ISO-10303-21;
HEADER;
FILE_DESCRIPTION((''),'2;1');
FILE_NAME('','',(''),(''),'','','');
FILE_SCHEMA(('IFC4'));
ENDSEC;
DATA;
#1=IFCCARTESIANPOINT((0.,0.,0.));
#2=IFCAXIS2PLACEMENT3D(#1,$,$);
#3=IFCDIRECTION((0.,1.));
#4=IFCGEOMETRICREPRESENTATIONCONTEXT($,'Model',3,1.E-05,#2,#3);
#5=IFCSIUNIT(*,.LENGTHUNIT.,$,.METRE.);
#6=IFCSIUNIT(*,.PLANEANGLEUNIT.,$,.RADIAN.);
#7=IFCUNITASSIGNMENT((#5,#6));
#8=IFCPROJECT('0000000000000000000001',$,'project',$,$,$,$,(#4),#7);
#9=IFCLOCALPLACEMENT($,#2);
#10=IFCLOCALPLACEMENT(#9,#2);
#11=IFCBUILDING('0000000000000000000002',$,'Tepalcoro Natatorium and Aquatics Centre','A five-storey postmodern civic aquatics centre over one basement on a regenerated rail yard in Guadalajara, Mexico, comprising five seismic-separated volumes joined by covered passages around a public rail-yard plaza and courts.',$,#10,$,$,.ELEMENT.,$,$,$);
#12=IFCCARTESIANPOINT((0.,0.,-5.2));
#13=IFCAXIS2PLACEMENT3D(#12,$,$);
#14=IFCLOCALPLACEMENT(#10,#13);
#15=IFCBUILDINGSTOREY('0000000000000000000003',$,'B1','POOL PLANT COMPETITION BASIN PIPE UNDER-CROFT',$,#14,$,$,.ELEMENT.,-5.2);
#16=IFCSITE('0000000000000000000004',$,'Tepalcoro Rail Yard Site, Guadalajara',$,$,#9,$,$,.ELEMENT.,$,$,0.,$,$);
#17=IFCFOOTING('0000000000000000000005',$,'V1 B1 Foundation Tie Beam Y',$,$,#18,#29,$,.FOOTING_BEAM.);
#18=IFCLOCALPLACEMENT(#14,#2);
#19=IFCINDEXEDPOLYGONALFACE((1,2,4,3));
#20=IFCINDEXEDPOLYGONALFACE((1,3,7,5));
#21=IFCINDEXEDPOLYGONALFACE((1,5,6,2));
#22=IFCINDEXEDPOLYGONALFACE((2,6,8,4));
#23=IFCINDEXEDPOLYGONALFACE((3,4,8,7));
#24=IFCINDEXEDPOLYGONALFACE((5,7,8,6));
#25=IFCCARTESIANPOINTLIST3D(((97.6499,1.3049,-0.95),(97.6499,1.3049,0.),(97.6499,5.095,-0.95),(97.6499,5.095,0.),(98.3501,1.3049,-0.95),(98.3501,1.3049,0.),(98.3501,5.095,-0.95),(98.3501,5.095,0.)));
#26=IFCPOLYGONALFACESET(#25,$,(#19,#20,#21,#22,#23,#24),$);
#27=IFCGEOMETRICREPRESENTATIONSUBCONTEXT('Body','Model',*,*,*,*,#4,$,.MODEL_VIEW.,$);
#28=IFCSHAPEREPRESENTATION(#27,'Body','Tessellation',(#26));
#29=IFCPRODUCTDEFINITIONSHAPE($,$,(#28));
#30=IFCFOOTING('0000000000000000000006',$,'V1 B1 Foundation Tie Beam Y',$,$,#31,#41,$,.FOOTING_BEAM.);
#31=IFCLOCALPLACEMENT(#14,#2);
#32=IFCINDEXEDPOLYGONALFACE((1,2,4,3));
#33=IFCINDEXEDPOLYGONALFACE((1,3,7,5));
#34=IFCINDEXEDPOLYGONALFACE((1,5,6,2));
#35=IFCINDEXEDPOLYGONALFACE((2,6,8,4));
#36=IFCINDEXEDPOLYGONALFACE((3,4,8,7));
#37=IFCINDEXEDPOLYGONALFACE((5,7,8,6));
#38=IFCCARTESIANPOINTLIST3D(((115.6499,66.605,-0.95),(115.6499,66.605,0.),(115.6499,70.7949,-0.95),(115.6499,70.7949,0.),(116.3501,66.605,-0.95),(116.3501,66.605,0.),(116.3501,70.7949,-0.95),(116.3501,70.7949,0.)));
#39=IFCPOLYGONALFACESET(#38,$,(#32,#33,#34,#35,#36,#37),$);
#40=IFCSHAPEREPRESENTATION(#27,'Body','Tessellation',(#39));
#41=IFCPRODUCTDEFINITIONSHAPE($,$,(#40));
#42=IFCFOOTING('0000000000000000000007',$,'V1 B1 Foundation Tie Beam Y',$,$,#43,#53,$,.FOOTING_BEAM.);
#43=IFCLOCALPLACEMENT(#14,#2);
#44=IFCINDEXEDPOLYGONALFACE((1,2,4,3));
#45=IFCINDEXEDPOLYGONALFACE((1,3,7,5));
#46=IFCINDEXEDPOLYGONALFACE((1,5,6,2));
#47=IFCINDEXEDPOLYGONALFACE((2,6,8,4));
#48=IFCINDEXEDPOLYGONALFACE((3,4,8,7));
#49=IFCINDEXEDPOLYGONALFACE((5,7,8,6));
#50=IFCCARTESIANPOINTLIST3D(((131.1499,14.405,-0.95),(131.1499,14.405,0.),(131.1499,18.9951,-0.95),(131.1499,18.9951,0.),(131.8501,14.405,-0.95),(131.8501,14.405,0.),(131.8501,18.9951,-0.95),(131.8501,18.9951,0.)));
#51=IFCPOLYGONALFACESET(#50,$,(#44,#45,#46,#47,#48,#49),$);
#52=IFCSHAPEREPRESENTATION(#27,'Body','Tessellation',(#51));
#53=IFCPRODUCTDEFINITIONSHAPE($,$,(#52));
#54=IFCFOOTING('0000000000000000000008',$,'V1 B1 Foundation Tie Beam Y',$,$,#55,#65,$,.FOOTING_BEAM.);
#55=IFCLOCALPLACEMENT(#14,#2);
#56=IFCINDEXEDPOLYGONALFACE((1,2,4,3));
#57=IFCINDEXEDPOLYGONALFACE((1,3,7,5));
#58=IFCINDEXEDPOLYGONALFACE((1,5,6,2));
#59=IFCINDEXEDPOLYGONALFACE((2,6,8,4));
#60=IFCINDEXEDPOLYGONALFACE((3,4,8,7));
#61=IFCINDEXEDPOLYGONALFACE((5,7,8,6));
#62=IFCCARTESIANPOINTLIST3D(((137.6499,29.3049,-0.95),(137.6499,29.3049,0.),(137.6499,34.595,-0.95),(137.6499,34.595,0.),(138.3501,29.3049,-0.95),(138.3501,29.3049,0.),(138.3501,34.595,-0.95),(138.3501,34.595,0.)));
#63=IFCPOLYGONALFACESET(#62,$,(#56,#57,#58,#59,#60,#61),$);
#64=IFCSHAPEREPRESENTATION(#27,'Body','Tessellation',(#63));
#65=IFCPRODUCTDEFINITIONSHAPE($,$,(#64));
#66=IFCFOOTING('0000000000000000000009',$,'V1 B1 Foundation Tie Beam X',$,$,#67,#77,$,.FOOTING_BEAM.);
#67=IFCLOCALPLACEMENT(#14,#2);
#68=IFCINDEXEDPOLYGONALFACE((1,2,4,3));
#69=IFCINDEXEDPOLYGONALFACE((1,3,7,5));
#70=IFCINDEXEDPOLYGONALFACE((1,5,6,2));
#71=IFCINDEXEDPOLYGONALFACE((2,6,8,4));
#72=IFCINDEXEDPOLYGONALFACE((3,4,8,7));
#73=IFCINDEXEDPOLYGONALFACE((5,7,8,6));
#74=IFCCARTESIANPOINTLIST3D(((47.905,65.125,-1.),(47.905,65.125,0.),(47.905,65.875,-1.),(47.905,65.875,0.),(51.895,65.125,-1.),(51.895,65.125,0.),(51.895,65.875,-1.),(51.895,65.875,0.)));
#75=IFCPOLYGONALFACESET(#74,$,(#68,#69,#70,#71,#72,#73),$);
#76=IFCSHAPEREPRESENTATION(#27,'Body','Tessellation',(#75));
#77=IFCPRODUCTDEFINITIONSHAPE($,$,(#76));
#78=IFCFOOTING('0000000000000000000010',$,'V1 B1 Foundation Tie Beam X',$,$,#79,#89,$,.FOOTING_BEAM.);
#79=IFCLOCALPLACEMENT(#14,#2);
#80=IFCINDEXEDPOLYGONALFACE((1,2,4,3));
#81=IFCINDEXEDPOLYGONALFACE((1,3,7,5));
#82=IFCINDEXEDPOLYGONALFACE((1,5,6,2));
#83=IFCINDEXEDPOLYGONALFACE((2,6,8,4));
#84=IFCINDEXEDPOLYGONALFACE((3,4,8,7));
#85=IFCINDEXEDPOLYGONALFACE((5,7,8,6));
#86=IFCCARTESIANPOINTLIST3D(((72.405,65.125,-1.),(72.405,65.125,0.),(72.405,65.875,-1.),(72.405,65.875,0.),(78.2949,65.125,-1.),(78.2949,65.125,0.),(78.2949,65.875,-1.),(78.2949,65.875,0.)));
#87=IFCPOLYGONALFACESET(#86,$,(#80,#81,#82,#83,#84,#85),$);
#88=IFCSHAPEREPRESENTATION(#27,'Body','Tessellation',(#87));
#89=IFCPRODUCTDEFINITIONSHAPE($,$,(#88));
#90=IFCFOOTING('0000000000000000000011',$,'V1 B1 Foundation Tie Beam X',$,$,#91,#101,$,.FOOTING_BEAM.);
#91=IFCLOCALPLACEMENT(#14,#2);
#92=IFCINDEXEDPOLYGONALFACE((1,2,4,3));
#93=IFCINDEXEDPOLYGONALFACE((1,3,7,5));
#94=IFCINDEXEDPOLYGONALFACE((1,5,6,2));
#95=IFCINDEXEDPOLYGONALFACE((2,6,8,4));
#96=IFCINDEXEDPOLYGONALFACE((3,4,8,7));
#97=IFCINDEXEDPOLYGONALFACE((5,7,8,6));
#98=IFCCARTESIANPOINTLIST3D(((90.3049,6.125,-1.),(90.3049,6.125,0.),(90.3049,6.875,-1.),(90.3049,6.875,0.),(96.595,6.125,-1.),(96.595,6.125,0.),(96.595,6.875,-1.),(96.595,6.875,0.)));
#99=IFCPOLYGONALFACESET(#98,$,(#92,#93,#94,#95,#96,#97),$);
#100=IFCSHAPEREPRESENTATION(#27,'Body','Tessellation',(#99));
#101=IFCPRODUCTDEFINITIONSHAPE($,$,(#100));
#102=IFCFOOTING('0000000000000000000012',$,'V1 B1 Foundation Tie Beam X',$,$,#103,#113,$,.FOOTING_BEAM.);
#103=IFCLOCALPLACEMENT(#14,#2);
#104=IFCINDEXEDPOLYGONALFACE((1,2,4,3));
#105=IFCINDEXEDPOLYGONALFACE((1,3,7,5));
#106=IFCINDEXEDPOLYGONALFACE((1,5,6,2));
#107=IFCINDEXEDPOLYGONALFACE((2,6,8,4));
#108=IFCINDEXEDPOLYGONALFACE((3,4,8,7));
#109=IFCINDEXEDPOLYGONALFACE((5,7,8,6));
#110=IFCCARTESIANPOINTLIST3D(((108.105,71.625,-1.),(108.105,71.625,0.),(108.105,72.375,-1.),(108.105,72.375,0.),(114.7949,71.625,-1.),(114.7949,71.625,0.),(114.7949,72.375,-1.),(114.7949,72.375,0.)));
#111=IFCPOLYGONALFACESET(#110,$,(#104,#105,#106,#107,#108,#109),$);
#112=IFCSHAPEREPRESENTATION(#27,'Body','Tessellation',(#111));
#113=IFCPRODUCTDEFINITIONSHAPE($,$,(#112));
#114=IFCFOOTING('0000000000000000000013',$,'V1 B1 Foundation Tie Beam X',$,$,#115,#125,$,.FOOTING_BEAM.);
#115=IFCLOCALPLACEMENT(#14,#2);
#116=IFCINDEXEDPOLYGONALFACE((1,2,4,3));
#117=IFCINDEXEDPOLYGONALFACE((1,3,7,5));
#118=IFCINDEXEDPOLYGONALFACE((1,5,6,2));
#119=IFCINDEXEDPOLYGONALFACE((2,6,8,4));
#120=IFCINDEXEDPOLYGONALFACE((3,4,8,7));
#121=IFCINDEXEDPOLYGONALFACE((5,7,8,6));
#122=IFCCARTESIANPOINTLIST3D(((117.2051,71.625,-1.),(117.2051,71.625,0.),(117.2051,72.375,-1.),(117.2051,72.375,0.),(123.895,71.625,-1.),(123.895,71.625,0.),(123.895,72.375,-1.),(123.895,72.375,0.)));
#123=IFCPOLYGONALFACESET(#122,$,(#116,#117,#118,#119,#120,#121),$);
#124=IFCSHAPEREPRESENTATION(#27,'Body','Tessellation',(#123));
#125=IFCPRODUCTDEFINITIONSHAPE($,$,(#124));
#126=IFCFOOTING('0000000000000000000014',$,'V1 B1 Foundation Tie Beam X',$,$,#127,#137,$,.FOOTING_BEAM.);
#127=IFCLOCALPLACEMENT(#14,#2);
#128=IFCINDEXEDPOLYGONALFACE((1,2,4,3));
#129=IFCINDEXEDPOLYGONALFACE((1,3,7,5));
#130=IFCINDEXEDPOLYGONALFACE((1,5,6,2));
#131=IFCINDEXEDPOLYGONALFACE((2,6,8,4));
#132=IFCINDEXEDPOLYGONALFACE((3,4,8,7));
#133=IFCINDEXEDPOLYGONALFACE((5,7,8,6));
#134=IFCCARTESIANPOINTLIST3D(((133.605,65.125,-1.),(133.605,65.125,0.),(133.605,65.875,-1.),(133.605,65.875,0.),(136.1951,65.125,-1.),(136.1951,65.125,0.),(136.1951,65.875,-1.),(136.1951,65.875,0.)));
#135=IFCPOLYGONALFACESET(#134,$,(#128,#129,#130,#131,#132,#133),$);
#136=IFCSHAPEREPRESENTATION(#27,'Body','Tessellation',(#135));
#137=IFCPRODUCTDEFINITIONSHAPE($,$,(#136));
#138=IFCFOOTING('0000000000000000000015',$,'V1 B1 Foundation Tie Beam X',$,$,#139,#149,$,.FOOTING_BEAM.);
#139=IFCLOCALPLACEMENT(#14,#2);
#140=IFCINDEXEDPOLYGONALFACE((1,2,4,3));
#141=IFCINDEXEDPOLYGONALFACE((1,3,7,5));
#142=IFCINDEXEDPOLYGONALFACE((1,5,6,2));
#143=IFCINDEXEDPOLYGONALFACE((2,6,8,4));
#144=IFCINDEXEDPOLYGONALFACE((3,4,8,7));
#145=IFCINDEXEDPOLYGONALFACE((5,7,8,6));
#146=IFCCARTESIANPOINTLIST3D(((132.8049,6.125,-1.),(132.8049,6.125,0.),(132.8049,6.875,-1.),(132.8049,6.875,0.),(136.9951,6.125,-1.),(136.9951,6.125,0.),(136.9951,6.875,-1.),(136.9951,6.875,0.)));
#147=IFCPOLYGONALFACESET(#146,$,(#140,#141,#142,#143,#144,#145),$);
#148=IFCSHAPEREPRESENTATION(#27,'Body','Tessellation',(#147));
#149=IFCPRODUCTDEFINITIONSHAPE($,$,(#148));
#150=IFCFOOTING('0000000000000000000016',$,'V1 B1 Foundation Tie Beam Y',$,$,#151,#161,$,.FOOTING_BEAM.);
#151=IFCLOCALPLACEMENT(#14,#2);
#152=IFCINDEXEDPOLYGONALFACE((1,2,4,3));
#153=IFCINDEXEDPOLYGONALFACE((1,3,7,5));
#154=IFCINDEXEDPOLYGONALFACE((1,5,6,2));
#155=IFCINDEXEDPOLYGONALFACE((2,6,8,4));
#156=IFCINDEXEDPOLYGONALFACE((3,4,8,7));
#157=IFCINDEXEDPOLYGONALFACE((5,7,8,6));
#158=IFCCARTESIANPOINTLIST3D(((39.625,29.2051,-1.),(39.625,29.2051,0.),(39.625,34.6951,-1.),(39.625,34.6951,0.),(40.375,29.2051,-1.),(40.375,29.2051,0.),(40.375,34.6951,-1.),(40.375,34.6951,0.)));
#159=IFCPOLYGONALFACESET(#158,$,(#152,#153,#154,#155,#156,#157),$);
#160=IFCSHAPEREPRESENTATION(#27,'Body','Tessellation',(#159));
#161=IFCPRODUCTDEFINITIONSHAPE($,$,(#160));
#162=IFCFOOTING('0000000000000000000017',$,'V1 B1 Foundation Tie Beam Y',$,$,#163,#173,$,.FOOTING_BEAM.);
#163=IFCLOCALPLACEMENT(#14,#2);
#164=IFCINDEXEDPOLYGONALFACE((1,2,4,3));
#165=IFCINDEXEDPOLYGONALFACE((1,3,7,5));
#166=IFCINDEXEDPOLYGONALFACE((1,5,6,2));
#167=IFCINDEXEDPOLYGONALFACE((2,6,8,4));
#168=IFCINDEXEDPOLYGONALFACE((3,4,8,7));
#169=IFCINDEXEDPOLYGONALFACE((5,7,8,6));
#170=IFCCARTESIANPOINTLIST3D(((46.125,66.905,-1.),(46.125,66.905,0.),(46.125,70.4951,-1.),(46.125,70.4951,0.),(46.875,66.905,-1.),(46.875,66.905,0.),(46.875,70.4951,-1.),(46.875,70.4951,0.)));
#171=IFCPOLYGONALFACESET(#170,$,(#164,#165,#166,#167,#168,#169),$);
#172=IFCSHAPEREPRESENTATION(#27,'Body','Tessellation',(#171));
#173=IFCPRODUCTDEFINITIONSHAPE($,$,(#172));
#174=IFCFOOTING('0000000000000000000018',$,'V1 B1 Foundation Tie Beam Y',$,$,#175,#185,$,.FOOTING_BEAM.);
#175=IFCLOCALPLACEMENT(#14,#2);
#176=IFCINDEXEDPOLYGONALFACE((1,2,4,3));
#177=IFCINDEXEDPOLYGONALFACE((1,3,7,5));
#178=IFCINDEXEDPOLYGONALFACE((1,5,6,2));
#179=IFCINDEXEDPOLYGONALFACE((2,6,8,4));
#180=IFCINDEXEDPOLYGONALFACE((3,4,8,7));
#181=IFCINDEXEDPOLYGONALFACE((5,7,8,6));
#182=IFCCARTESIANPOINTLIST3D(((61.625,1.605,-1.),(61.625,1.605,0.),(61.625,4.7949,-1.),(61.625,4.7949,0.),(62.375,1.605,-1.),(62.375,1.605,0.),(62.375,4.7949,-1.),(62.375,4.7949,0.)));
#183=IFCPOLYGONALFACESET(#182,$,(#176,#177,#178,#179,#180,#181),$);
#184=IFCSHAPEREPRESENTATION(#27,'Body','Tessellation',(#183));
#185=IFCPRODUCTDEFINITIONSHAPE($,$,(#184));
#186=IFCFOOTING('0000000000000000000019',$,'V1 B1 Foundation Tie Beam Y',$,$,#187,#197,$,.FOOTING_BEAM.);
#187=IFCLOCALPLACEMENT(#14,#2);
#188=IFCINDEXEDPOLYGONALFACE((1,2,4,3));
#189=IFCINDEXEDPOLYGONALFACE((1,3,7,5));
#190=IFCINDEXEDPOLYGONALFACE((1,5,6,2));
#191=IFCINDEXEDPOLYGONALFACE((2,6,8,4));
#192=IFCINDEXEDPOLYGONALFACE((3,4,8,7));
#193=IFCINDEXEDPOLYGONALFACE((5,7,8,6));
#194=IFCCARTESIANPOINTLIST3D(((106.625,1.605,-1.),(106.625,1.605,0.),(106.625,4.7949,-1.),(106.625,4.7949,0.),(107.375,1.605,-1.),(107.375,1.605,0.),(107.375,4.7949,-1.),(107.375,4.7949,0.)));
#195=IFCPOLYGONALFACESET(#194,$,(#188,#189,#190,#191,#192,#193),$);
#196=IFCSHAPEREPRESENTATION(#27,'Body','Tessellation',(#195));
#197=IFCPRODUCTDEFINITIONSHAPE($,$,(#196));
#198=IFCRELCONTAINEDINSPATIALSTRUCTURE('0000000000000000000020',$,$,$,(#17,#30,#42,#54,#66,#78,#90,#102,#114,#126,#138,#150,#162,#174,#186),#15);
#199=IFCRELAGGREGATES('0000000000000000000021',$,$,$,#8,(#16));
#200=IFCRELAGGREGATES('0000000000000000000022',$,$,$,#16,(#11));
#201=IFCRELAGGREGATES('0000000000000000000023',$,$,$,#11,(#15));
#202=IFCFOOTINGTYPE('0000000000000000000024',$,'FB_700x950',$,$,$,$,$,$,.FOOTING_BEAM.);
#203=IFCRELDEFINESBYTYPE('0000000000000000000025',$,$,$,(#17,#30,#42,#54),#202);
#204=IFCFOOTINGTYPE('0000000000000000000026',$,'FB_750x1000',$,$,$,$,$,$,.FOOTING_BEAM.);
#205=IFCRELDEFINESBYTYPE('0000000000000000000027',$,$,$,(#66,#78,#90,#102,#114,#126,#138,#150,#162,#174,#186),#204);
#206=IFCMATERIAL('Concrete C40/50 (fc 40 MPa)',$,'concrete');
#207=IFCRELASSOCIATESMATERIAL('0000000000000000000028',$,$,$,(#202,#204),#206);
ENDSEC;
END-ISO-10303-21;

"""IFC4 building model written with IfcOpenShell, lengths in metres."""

from ifc_helpers import new_model, si_unit, direction, frame, origin, place, context, subcontext, project, spatial, polyline, outline, extrude, material, type_object, element, save


model = new_model("IFC4")

# Units and contexts
model_context = context("Model", 3, precision=1e-05, world=origin(), true_north=direction((0.0, 1.0)))
body_context = subcontext(model_context, "Body", "Model", "MODEL_VIEW")
ifc_project = project(units=[si_unit("LENGTHUNIT", "METRE"), si_unit("PLANEANGLEUNIT", "RADIAN")], contexts=[model_context])

# Site, building, storey
site_placement = place(None, origin())
site = spatial("IfcSite", under=ifc_project, at=site_placement, Name="Tepalcoro Rail Yard Site, Guadalajara", CompositionType="ELEMENT", RefElevation=0.0)
building_placement = place(site_placement, origin())
building = spatial("IfcBuilding", under=site, at=building_placement, Name="Tepalcoro Natatorium and Aquatics Centre", Description="A five-storey postmodern civic aquatics centre over one basement on a regenerated rail yard in Guadalajara, Mexico, comprising five seismic-separated volumes joined by covered passages around a public rail-yard plaza and courts.", CompositionType="ELEMENT")
storey_placement = place(building_placement, frame((0.0, 0.0, -5.2)))
storey = spatial("IfcBuildingStorey", under=building, at=storey_placement, Name="B1", Description="POOL PLANT COMPETITION BASIN PIPE UNDER-CROFT", CompositionType="ELEMENT", Elevation=-5.2)

# Footings
ifc_material = material(Name="Concrete C40/50 (fc 40 MPa)", Category="concrete")
footing_type_1 = type_object("IfcFootingType", Name="FB_700x950", PredefinedType="FOOTING_BEAM", material=ifc_material)
footing_1_placement = place(storey_placement, frame((0.0, 0.0, -0.95)))
element("IfcFooting", 1, at=footing_1_placement, inside=storey, type_object=footing_type_1, Name="V1 B1 Foundation Tie Beam Y", PredefinedType="FOOTING_BEAM", context=body_context, shape_type="SweptSolid", body=[
    extrude(outline(polyline([(98.3501, 1.3049), (98.3501, 5.095), (97.6499, 5.095), (97.6499, 1.3049), (98.3501, 1.3049)])), origin(), (0.0, 0.0, 1.0), 0.95),
])
footing_2_placement = place(storey_placement, frame((0.0, 0.0, -0.95)))
element("IfcFooting", 2, at=footing_2_placement, inside=storey, type_object=footing_type_1, Name="V1 B1 Foundation Tie Beam Y", PredefinedType="FOOTING_BEAM", context=body_context, shape_type="SweptSolid", body=[
    extrude(outline(polyline([(116.3501, 66.605), (116.3501, 70.7949), (115.6499, 70.7949), (115.6499, 66.605), (116.3501, 66.605)])), origin(), (0.0, 0.0, 1.0), 0.95),
])
footing_3_placement = place(storey_placement, frame((0.0, 0.0, -0.95)))
element("IfcFooting", 3, at=footing_3_placement, inside=storey, type_object=footing_type_1, Name="V1 B1 Foundation Tie Beam Y", PredefinedType="FOOTING_BEAM", context=body_context, shape_type="SweptSolid", body=[
    extrude(outline(polyline([(131.8501, 14.405), (131.8501, 18.9951), (131.1499, 18.9951), (131.1499, 14.405), (131.8501, 14.405)])), origin(), (0.0, 0.0, 1.0), 0.95),
])
footing_4_placement = place(storey_placement, frame((0.0, 0.0, -0.95)))
element("IfcFooting", 4, at=footing_4_placement, inside=storey, type_object=footing_type_1, Name="V1 B1 Foundation Tie Beam Y", PredefinedType="FOOTING_BEAM", context=body_context, shape_type="SweptSolid", body=[
    extrude(outline(polyline([(138.3501, 29.3049), (138.3501, 34.595), (137.6499, 34.595), (137.6499, 29.3049), (138.3501, 29.3049)])), origin(), (0.0, 0.0, 1.0), 0.95),
])
footing_type_2 = type_object("IfcFootingType", Name="FB_750x1000", PredefinedType="FOOTING_BEAM", material=ifc_material)
footing_5_placement = place(storey_placement, frame((0.0, 0.0, -1.0)))
element("IfcFooting", 5, at=footing_5_placement, inside=storey, type_object=footing_type_2, Name="V1 B1 Foundation Tie Beam X", PredefinedType="FOOTING_BEAM", context=body_context, shape_type="SweptSolid", body=[
    extrude(outline(polyline([(47.905, 65.125), (51.895, 65.125), (51.895, 65.875), (47.905, 65.875), (47.905, 65.125)])), origin(), (0.0, 0.0, 1.0), 1.0),
])
footing_6_placement = place(storey_placement, frame((0.0, 0.0, -1.0)))
element("IfcFooting", 6, at=footing_6_placement, inside=storey, type_object=footing_type_2, Name="V1 B1 Foundation Tie Beam X", PredefinedType="FOOTING_BEAM", context=body_context, shape_type="SweptSolid", body=[
    extrude(outline(polyline([(72.405, 65.125), (78.2949, 65.125), (78.2949, 65.875), (72.405, 65.875), (72.405, 65.125)])), origin(), (0.0, 0.0, 1.0), 1.0),
])
footing_7_placement = place(storey_placement, frame((0.0, 0.0, -1.0)))
element("IfcFooting", 7, at=footing_7_placement, inside=storey, type_object=footing_type_2, Name="V1 B1 Foundation Tie Beam X", PredefinedType="FOOTING_BEAM", context=body_context, shape_type="SweptSolid", body=[
    extrude(outline(polyline([(90.3049, 6.125), (96.595, 6.125), (96.595, 6.875), (90.3049, 6.875), (90.3049, 6.125)])), origin(), (0.0, 0.0, 1.0), 1.0),
])
footing_8_placement = place(storey_placement, frame((0.0, 0.0, -1.0)))
element("IfcFooting", 8, at=footing_8_placement, inside=storey, type_object=footing_type_2, Name="V1 B1 Foundation Tie Beam X", PredefinedType="FOOTING_BEAM", context=body_context, shape_type="SweptSolid", body=[
    extrude(outline(polyline([(108.105, 71.625), (114.7949, 71.625), (114.7949, 72.375), (108.105, 72.375), (108.105, 71.625)])), origin(), (0.0, 0.0, 1.0), 1.0),
])
footing_9_placement = place(storey_placement, frame((0.0, 0.0, -1.0)))
element("IfcFooting", 9, at=footing_9_placement, inside=storey, type_object=footing_type_2, Name="V1 B1 Foundation Tie Beam X", PredefinedType="FOOTING_BEAM", context=body_context, shape_type="SweptSolid", body=[
    extrude(outline(polyline([(117.2051, 71.625), (123.895, 71.625), (123.895, 72.375), (117.2051, 72.375), (117.2051, 71.625)])), origin(), (0.0, 0.0, 1.0), 1.0),
])
footing_10_placement = place(storey_placement, frame((0.0, 0.0, -1.0)))
element("IfcFooting", 10, at=footing_10_placement, inside=storey, type_object=footing_type_2, Name="V1 B1 Foundation Tie Beam X", PredefinedType="FOOTING_BEAM", context=body_context, shape_type="SweptSolid", body=[
    extrude(outline(polyline([(133.605, 65.125), (136.1951, 65.125), (136.1951, 65.875), (133.605, 65.875), (133.605, 65.125)])), origin(), (0.0, 0.0, 1.0), 1.0),
])
footing_11_placement = place(storey_placement, frame((0.0, 0.0, -1.0)))
element("IfcFooting", 11, at=footing_11_placement, inside=storey, type_object=footing_type_2, Name="V1 B1 Foundation Tie Beam X", PredefinedType="FOOTING_BEAM", context=body_context, shape_type="SweptSolid", body=[
    extrude(outline(polyline([(132.8049, 6.125), (136.9951, 6.125), (136.9951, 6.875), (132.8049, 6.875), (132.8049, 6.125)])), origin(), (0.0, 0.0, 1.0), 1.0),
])
footing_12_placement = place(storey_placement, frame((0.0, 0.0, -1.0)))
element("IfcFooting", 12, at=footing_12_placement, inside=storey, type_object=footing_type_2, Name="V1 B1 Foundation Tie Beam Y", PredefinedType="FOOTING_BEAM", context=body_context, shape_type="SweptSolid", body=[
    extrude(outline(polyline([(40.375, 29.2051), (40.375, 34.6951), (39.625, 34.6951), (39.625, 29.2051), (40.375, 29.2051)])), origin(), (0.0, 0.0, 1.0), 1.0),
])
footing_13_placement = place(storey_placement, frame((0.0, 0.0, -1.0)))
element("IfcFooting", 13, at=footing_13_placement, inside=storey, type_object=footing_type_2, Name="V1 B1 Foundation Tie Beam Y", PredefinedType="FOOTING_BEAM", context=body_context, shape_type="SweptSolid", body=[
    extrude(outline(polyline([(46.875, 66.905), (46.875, 70.4951), (46.125, 70.4951), (46.125, 66.905), (46.875, 66.905)])), origin(), (0.0, 0.0, 1.0), 1.0),
])
footing_14_placement = place(storey_placement, frame((0.0, 0.0, -1.0)))
element("IfcFooting", 14, at=footing_14_placement, inside=storey, type_object=footing_type_2, Name="V1 B1 Foundation Tie Beam Y", PredefinedType="FOOTING_BEAM", context=body_context, shape_type="SweptSolid", body=[
    extrude(outline(polyline([(62.375, 1.605), (62.375, 4.7949), (61.625, 4.7949), (61.625, 1.605), (62.375, 1.605)])), origin(), (0.0, 0.0, 1.0), 1.0),
])
footing_15_placement = place(storey_placement, frame((0.0, 0.0, -1.0)))
element("IfcFooting", 15, at=footing_15_placement, inside=storey, type_object=footing_type_2, Name="V1 B1 Foundation Tie Beam Y", PredefinedType="FOOTING_BEAM", context=body_context, shape_type="SweptSolid", body=[
    extrude(outline(polyline([(107.375, 1.605), (107.375, 4.7949), (106.625, 4.7949), (106.625, 1.605), (107.375, 1.605)])), origin(), (0.0, 0.0, 1.0), 1.0),
])

save(model, "model.ifc")
